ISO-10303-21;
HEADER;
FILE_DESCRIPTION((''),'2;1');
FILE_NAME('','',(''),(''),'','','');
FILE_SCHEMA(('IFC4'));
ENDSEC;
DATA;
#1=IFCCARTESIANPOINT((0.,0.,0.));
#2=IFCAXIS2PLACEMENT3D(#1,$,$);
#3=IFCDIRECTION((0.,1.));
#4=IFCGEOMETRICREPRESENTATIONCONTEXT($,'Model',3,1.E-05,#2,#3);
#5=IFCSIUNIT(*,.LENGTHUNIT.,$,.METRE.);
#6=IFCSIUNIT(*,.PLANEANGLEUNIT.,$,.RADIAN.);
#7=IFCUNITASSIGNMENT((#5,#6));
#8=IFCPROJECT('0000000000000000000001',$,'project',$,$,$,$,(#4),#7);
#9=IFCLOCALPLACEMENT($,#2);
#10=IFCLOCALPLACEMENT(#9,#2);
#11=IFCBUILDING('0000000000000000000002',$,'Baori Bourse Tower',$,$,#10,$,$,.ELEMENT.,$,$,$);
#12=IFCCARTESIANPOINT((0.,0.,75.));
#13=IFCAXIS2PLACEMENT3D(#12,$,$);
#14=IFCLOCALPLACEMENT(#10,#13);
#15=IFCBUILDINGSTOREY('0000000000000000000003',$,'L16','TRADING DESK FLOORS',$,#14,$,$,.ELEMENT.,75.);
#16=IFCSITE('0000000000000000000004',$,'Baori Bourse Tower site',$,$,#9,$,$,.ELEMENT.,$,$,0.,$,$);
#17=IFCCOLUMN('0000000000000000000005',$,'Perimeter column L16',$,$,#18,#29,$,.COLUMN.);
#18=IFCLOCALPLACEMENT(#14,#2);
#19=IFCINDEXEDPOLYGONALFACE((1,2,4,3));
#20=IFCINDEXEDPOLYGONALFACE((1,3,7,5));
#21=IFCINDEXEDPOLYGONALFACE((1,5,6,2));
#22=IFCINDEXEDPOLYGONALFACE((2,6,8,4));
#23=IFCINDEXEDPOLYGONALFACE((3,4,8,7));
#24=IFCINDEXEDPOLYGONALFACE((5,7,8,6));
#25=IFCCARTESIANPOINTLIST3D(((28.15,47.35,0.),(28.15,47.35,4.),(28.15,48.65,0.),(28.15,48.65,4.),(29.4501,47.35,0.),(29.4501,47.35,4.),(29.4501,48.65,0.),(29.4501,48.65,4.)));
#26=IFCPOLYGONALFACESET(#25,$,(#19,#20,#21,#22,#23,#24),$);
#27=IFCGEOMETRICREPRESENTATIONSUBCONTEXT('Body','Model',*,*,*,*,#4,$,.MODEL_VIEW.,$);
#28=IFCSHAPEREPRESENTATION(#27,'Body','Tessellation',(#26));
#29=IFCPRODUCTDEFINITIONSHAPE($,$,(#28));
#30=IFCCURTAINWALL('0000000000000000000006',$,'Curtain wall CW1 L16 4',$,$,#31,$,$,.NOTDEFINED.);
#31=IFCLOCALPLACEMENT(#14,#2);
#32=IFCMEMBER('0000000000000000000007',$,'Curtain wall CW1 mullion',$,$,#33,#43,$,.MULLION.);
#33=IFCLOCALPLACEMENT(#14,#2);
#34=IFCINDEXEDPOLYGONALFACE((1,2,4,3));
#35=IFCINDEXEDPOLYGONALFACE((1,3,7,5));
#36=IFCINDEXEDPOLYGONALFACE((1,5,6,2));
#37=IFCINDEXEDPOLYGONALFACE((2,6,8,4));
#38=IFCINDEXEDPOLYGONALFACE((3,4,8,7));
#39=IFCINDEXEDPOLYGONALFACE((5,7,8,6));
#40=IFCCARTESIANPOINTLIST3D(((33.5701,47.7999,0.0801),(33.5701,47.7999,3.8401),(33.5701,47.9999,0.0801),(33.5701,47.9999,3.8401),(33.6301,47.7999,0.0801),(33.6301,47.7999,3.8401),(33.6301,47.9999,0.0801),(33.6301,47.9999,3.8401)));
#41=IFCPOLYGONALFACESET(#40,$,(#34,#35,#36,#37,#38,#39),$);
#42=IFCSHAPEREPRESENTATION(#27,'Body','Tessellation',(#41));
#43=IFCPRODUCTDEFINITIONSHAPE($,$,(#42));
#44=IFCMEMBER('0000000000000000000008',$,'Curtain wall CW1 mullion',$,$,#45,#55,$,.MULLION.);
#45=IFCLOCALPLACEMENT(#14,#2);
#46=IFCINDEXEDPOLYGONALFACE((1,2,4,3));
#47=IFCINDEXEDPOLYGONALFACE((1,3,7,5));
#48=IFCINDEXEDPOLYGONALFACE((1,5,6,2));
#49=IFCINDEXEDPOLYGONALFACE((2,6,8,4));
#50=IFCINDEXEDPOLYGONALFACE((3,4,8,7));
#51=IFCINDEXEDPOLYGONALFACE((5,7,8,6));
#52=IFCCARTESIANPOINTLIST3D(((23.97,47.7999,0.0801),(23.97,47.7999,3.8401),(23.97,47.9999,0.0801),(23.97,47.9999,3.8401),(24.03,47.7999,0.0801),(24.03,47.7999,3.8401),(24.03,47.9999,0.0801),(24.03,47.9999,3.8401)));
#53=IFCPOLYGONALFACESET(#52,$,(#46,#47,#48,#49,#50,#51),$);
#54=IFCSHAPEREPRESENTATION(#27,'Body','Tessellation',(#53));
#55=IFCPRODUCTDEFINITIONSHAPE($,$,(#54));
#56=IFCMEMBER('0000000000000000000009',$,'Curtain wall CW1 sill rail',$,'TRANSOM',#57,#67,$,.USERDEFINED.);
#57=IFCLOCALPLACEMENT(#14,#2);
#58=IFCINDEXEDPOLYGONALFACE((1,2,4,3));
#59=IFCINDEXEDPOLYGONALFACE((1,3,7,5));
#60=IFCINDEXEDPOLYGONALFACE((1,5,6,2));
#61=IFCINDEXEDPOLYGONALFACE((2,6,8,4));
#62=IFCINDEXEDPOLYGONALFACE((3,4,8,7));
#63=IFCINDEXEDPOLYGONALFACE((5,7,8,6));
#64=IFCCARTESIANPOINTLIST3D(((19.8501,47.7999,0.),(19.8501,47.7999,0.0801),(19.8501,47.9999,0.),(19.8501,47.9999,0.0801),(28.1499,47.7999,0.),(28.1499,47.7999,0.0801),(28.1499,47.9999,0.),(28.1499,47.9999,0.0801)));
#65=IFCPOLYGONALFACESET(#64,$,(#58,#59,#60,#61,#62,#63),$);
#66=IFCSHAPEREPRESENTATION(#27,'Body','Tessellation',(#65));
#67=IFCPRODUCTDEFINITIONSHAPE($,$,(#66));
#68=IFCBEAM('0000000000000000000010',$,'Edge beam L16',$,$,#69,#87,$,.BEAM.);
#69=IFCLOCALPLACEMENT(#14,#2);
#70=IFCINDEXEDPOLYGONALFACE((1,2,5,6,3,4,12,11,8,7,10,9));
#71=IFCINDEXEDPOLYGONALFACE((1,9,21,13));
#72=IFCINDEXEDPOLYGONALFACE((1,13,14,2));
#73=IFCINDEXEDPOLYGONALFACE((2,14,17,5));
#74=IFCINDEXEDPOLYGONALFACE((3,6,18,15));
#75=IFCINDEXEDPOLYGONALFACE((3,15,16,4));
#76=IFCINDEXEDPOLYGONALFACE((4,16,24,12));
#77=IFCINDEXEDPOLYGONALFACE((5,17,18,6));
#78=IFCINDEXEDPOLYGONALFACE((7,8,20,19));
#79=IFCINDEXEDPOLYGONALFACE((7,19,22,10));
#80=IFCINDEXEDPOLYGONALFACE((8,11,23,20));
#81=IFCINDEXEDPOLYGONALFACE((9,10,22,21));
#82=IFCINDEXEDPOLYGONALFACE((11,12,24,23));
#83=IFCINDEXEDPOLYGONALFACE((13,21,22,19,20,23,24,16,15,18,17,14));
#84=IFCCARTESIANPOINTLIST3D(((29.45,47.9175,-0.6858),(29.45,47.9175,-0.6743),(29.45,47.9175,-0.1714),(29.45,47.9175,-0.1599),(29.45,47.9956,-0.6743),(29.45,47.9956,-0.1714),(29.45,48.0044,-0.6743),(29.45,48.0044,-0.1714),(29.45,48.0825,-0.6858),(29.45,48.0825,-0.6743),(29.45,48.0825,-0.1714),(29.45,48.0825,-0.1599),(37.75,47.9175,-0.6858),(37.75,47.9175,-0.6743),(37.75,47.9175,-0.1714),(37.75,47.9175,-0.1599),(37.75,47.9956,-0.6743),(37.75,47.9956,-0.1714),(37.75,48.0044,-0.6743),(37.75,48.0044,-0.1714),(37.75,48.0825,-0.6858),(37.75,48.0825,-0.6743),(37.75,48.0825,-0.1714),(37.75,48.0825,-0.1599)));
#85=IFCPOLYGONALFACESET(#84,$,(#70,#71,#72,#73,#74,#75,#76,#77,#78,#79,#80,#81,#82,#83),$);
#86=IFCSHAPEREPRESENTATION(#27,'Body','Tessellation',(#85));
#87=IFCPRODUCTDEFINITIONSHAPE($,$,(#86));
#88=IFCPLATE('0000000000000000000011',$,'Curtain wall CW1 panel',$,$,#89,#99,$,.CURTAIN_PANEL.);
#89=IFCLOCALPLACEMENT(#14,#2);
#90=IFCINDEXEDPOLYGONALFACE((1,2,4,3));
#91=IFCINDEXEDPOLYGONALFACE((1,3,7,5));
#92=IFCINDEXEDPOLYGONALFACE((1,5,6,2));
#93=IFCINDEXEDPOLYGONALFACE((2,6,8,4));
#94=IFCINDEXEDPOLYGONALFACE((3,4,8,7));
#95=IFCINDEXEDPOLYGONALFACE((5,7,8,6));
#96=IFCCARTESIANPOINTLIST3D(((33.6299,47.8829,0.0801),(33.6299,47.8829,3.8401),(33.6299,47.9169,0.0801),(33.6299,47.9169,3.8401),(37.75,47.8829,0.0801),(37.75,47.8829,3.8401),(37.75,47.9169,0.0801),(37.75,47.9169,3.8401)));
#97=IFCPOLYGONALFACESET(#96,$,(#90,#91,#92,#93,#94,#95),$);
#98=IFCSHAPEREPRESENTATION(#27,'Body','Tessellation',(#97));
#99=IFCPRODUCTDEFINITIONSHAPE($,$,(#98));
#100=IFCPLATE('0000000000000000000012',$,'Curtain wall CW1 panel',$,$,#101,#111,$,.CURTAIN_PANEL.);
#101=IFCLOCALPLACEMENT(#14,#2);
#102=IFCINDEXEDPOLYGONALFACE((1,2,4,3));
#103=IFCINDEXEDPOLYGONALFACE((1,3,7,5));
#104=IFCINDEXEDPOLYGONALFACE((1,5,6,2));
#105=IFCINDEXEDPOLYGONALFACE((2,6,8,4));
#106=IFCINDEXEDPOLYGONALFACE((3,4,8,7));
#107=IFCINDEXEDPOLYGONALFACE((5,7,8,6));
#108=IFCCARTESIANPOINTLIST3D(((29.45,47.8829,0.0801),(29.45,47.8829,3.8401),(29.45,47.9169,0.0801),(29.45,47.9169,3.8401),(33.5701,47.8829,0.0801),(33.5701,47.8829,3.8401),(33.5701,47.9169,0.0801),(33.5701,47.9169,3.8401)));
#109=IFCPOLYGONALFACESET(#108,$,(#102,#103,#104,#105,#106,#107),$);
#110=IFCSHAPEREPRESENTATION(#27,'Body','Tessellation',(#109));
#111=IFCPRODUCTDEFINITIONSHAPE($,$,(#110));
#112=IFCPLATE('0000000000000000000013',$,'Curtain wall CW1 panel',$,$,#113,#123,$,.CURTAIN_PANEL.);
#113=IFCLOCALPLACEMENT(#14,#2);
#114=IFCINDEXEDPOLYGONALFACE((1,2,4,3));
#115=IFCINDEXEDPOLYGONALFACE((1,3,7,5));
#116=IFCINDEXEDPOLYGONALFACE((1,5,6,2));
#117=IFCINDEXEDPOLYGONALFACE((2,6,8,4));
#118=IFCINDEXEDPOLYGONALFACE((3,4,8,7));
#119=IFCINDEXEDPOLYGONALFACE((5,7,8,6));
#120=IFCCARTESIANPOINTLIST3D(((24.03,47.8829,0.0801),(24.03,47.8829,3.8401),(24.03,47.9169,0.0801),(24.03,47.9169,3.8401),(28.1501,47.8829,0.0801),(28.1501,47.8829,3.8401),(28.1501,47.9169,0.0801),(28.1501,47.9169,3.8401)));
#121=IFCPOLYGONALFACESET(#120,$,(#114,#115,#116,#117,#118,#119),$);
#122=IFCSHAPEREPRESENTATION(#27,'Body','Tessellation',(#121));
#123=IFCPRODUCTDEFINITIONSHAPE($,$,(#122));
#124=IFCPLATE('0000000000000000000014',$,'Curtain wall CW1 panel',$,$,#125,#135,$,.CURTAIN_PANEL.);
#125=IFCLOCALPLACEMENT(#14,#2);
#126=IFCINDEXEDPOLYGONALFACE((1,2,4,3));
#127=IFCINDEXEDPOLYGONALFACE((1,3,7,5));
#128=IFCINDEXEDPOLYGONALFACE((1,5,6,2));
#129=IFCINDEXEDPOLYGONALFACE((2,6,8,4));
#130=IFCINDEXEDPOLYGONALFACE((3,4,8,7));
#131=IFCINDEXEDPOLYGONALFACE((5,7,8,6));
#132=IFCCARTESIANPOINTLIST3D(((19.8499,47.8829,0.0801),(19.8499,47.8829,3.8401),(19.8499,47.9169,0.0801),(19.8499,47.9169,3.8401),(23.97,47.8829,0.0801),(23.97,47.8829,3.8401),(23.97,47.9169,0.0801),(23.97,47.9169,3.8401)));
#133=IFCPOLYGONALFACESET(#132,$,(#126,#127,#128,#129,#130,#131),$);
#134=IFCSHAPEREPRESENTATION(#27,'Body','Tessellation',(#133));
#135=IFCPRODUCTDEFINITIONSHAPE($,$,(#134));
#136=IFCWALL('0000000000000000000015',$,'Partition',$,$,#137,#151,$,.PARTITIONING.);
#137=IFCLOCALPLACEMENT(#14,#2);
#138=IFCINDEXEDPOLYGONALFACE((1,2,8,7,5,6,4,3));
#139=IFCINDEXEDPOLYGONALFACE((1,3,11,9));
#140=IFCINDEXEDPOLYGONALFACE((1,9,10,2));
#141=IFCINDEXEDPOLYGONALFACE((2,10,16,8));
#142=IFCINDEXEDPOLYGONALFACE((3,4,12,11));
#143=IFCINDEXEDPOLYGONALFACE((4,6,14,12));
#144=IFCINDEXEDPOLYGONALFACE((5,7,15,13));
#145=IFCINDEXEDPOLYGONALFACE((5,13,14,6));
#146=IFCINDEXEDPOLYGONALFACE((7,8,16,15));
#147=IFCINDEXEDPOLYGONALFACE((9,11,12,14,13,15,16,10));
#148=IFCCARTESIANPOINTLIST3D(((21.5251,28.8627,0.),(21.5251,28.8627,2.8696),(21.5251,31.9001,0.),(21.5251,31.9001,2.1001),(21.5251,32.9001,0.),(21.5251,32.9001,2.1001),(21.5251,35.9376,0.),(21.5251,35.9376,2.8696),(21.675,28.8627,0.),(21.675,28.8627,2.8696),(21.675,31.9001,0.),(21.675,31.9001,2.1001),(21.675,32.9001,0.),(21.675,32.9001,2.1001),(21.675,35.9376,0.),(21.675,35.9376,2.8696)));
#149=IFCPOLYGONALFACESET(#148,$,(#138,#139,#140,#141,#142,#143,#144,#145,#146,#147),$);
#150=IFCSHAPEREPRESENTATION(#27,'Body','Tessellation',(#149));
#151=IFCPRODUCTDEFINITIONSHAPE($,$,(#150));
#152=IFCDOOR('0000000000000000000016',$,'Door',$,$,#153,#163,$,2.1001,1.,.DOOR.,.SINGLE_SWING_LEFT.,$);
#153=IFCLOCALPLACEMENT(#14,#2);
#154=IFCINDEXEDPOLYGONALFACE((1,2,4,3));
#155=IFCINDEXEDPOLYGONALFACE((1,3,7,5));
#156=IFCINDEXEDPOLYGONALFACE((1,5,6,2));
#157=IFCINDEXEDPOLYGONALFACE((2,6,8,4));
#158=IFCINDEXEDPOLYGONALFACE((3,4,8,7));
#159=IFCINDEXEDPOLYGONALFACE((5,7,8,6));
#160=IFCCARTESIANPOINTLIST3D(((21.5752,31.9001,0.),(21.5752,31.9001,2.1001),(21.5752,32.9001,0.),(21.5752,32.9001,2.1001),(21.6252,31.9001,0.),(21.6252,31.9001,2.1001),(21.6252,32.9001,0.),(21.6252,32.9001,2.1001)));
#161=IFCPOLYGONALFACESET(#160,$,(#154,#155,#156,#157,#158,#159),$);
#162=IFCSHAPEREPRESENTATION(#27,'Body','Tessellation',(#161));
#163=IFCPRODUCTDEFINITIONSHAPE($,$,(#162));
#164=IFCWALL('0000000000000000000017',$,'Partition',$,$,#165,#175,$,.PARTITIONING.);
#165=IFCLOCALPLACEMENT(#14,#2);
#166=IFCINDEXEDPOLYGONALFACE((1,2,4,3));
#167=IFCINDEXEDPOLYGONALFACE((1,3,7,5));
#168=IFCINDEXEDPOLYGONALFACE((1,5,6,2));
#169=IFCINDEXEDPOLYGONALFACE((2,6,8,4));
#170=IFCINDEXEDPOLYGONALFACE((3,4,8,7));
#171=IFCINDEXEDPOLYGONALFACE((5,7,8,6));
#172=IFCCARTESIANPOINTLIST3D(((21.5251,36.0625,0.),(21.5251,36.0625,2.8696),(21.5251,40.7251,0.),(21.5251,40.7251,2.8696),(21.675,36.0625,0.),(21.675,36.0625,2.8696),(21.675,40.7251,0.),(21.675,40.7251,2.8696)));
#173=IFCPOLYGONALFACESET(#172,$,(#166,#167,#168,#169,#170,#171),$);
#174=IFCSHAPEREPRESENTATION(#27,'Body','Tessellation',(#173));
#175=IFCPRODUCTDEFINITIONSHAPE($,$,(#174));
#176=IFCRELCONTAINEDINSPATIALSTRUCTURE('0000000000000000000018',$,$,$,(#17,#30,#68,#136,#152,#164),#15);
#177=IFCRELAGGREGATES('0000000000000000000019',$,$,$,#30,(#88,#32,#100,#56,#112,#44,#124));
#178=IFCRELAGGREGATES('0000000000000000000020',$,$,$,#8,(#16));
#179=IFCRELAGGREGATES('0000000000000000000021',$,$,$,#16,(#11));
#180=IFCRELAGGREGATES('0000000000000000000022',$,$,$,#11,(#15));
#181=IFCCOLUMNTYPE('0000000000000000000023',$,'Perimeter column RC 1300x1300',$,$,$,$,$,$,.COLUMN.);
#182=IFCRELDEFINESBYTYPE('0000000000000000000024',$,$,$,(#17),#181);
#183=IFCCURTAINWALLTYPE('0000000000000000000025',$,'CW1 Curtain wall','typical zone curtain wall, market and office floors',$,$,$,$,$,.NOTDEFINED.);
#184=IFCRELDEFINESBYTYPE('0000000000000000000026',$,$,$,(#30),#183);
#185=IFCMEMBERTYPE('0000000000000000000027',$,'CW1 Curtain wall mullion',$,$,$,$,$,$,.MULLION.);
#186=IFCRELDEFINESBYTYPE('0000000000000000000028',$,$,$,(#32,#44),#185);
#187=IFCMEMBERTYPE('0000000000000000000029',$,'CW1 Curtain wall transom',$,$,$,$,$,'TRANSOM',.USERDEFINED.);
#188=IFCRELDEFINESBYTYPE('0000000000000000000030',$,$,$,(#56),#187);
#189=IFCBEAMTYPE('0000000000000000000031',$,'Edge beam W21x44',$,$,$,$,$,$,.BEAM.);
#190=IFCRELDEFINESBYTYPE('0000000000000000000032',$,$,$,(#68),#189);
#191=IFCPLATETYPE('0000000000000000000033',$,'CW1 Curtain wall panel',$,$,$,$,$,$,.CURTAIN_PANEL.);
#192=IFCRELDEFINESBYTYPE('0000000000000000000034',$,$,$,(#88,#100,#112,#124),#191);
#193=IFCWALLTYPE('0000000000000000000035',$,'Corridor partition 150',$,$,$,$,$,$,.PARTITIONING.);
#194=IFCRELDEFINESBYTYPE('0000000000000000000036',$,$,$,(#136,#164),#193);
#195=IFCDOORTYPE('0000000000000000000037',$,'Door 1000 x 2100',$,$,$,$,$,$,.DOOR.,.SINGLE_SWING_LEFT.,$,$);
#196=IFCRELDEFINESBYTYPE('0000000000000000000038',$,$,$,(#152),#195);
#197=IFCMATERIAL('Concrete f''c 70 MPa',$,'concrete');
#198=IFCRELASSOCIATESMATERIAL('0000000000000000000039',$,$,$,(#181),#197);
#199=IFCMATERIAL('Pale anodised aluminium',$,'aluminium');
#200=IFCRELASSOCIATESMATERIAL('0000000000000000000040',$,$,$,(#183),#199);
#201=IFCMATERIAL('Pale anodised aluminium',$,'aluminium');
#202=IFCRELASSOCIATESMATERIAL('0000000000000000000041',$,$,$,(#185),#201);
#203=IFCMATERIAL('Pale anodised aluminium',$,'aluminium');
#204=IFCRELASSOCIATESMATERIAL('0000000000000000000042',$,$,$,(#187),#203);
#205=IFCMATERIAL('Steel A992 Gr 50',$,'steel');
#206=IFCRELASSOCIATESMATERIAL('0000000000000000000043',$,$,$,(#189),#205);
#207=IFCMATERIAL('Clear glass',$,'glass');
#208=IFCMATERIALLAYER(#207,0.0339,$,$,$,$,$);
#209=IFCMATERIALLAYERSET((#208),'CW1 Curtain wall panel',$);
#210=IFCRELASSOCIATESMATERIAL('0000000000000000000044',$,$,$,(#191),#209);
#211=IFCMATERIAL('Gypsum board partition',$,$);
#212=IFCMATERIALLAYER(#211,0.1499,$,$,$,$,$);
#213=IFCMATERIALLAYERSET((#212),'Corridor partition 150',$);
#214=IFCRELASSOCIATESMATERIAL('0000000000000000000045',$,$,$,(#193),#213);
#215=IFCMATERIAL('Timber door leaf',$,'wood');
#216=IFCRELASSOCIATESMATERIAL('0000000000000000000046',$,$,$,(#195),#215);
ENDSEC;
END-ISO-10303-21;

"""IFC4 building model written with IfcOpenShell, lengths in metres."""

from ifc_helpers import new_model, si_unit, direction, frame, frame_2d, origin, origin_2d, place, context, subcontext, project, spatial, rectangle, i_section, extrude, material, layer, layer_set, material_profile, profile_set, type_object, element, fill, aggregate, save


model = new_model("IFC4")

# Units and contexts
model_context = context("Model", 3, precision=1e-05, world=origin(), true_north=direction((0.0, 1.0)))
body_context = subcontext(model_context, "Body", "Model", "MODEL_VIEW")
ifc_project = project(units=[si_unit("LENGTHUNIT", "METRE"), si_unit("PLANEANGLEUNIT", "RADIAN")], contexts=[model_context])

# Site, building, storey
site_placement = place(None, origin())
site = spatial("IfcSite", under=ifc_project, at=site_placement, Name="Baori Bourse Tower site", CompositionType="ELEMENT", RefElevation=0.0)
building_placement = place(site_placement, origin())
building = spatial("IfcBuilding", under=site, at=building_placement, Name="Baori Bourse Tower", CompositionType="ELEMENT")
storey_placement = place(building_placement, frame((0.0, 0.0, 75.0)))
storey = spatial("IfcBuildingStorey", under=building, at=storey_placement, Name="L16", Description="TRADING DESK FLOORS", CompositionType="ELEMENT", Elevation=75.0)

# Column
ifc_material_1 = material(Name="Concrete f'c 70 MPa", Category="concrete")
ifc_material_profile_1 = material_profile(ifc_material_1, rectangle(XDim=1.3, YDim=1.3, at=origin_2d()), Name="RC 1300x1300")
ifc_profile_set_1 = profile_set([ifc_material_profile_1], Name="Concrete f'c 70 MPa")
column_type = type_object("IfcColumnType", Name="Perimeter column RC 1300x1300", PredefinedType="COLUMN", material=ifc_profile_set_1)
column_placement = place(storey_placement, frame((28.8, 48.0, 0.0), z_axis=(0.0, 0.0, 1.0), x_axis=(1.0, 0.0, 0.0)))
element("IfcColumn", 1, at=column_placement, inside=storey, type_object=column_type, Name="Perimeter column L16", PredefinedType="COLUMN", context=body_context, shape_type="SweptSolid", body=[
    extrude(rectangle(XDim=1.3, YDim=1.3, at=origin_2d()), origin(), (0.0, 0.0, 1.0), 4.0),
])

# Curtain wall, members
ifc_material_2 = material(Name="Pale anodised aluminium", Category="aluminium")
curtain_wall_type = type_object("IfcCurtainWallType", Name="CW1 Curtain wall", Description="typical zone curtain wall, market and office floors", PredefinedType="NOTDEFINED", material=ifc_material_2)
curtain_wall_placement = place(storey_placement, origin())
curtain_wall = element("IfcCurtainWall", 2, at=curtain_wall_placement, inside=storey, type_object=curtain_wall_type, Name="Curtain wall CW1 L16 4", PredefinedType="NOTDEFINED")
ifc_material_3 = material(Name="Pale anodised aluminium", Category="aluminium")
ifc_material_profile_2 = material_profile(ifc_material_3, rectangle(XDim=0.2, YDim=0.0601, at=origin_2d()), Name="Mullion 60x200")
ifc_profile_set_2 = profile_set([ifc_material_profile_2], Name="Pale anodised aluminium")
member_type_1 = type_object("IfcMemberType", Name="CW1 Curtain wall mullion", PredefinedType="MULLION", material=ifc_profile_set_2)
member_1_placement = place(storey_placement, frame((33.6001, 47.8999, 0.0801), z_axis=(0.0, 0.0, 1.0), x_axis=(0.0, -1.0, 0.0)))
member_1 = element("IfcMember", 3, at=member_1_placement, type_object=member_type_1, Name="Curtain wall CW1 mullion", PredefinedType="MULLION", context=body_context, shape_type="SweptSolid", body=[
    extrude(rectangle(XDim=0.2, YDim=0.0601, at=origin_2d()), origin(), (0.0, 0.0, 1.0), 3.76),
])
member_2_placement = place(storey_placement, frame((24.0, 47.8999, 0.0801), z_axis=(0.0, 0.0, 1.0), x_axis=(0.0, -1.0, 0.0)))
member_2 = element("IfcMember", 4, at=member_2_placement, type_object=member_type_1, Name="Curtain wall CW1 mullion", PredefinedType="MULLION", context=body_context, shape_type="SweptSolid", body=[
    extrude(rectangle(XDim=0.2, YDim=0.0601, at=origin_2d()), origin(), (0.0, 0.0, 1.0), 3.76),
])
ifc_material_4 = material(Name="Pale anodised aluminium", Category="aluminium")
ifc_material_profile_3 = material_profile(ifc_material_4, rectangle(XDim=0.2, YDim=0.0801, at=origin_2d()), Name="Transom 80x200")
ifc_profile_set_3 = profile_set([ifc_material_profile_3], Name="Pale anodised aluminium")
member_type_2 = type_object("IfcMemberType", Name="CW1 Curtain wall transom", ElementType="TRANSOM", PredefinedType="USERDEFINED", material=ifc_profile_set_3)
member_3_placement = place(storey_placement, frame((28.1499, 47.8999, 0.04), z_axis=(-1.0, 0.0, 0.0), x_axis=(0.0, -1.0, 0.0)))
member_3 = element("IfcMember", 5, at=member_3_placement, type_object=member_type_2, Name="Curtain wall CW1 sill rail", ObjectType="TRANSOM", PredefinedType="USERDEFINED", context=body_context, shape_type="SweptSolid", body=[
    extrude(rectangle(XDim=0.2, YDim=0.0801, at=origin_2d()), origin(), (0.0, 0.0, 1.0), 8.2998),
])

# Beam
ifc_material_5 = material(Name="Steel A992 Gr 50", Category="steel")
ifc_material_profile_4 = material_profile(ifc_material_5, i_section(OverallWidth=0.165, OverallDepth=0.5259, WebThickness=0.0088, FlangeThickness=0.0115, at=origin_2d()), Name="W21x44")
ifc_profile_set_4 = profile_set([ifc_material_profile_4], Name="Steel A992 Gr 50")
beam_type = type_object("IfcBeamType", Name="Edge beam W21x44", PredefinedType="BEAM", material=ifc_profile_set_4)
beam_placement = place(storey_placement, frame((29.45, 48.0, -0.4229), z_axis=(1.0, 0.0, 0.0), x_axis=(0.0, 1.0, 0.0)))
element("IfcBeam", 6, at=beam_placement, inside=storey, type_object=beam_type, Name="Edge beam L16", PredefinedType="BEAM", context=body_context, shape_type="SweptSolid", body=[
    extrude(i_section(OverallWidth=0.165, OverallDepth=0.5259, WebThickness=0.0088, FlangeThickness=0.0115, at=origin_2d()), origin(), (0.0, 0.0, 1.0), 8.3),
])

# Plates
ifc_material_6 = material(Name="Clear glass", Category="glass")
ifc_layer_1 = layer(ifc_material_6, 0.0339)
ifc_layer_set_1 = layer_set([ifc_layer_1], Name="CW1 Curtain wall panel")
plate_type = type_object("IfcPlateType", Name="CW1 Curtain wall panel", PredefinedType="CURTAIN_PANEL", material=ifc_layer_set_1)
plate_1_placement = place(storey_placement, frame((35.6899, 47.8999, 0.0801), z_axis=(0.0, 0.0, 1.0), x_axis=(-1.0, 0.0, 0.0)))
plate_1 = element("IfcPlate", 7, at=plate_1_placement, type_object=plate_type, Name="Curtain wall CW1 panel", PredefinedType="CURTAIN_PANEL", context=body_context, shape_type="SweptSolid", body=[
    extrude(rectangle(XDim=4.1201, YDim=0.0339, at=origin_2d()), origin(), (0.0, 0.0, 1.0), 3.76),
])
plate_2_placement = place(storey_placement, frame((31.51, 47.8999, 0.0801), z_axis=(0.0, 0.0, 1.0), x_axis=(-1.0, 0.0, 0.0)))
plate_2 = element("IfcPlate", 8, at=plate_2_placement, type_object=plate_type, Name="Curtain wall CW1 panel", PredefinedType="CURTAIN_PANEL", context=body_context, shape_type="SweptSolid", body=[
    extrude(rectangle(XDim=4.1201, YDim=0.0339, at=origin_2d()), origin(), (0.0, 0.0, 1.0), 3.76),
])
plate_3_placement = place(storey_placement, frame((26.0901, 47.8999, 0.0801), z_axis=(0.0, 0.0, 1.0), x_axis=(-1.0, 0.0, 0.0)))
plate_3 = element("IfcPlate", 9, at=plate_3_placement, type_object=plate_type, Name="Curtain wall CW1 panel", PredefinedType="CURTAIN_PANEL", context=body_context, shape_type="SweptSolid", body=[
    extrude(rectangle(XDim=4.1201, YDim=0.0339, at=origin_2d()), origin(), (0.0, 0.0, 1.0), 3.76),
])
plate_4_placement = place(storey_placement, frame((21.9099, 47.8999, 0.0801), z_axis=(0.0, 0.0, 1.0), x_axis=(-1.0, 0.0, 0.0)))
plate_4 = element("IfcPlate", 10, at=plate_4_placement, type_object=plate_type, Name="Curtain wall CW1 panel", PredefinedType="CURTAIN_PANEL", context=body_context, shape_type="SweptSolid", body=[
    extrude(rectangle(XDim=4.1201, YDim=0.0339, at=origin_2d()), origin(), (0.0, 0.0, 1.0), 3.76),
])
aggregate(curtain_wall, [plate_1, member_1, plate_2, member_3, plate_3, member_2, plate_4])

# Wall, opening, door
ifc_material_7 = material(Name="Gypsum board partition")
ifc_layer_2 = layer(ifc_material_7, 0.1499)
ifc_layer_set_2 = layer_set([ifc_layer_2], Name="Corridor partition 150")
wall_type_1 = type_object("IfcWallType", Name="Corridor partition 150", PredefinedType="PARTITIONING", material=ifc_layer_set_2)
wall_1_placement = place(storey_placement, frame((21.6001, 28.8625, 0.0), z_axis=(0.0, 0.0, 1.0), x_axis=(0.0, 1.0, 0.0)))
wall_1 = element("IfcWall", 11, at=wall_1_placement, inside=storey, type_object=wall_type_1, Name="Partition", PredefinedType="PARTITIONING", context=body_context, shape_type="SweptSolid", body=[
    extrude(rectangle(XDim=7.075, YDim=0.1499, at=frame_2d((3.5376, 0.0))), origin(), (0.0, 0.0, 1.0), 2.8696),
])
opening_placement = place(wall_1_placement, frame((3.0376, 0.0, 0.0)))
opening = element("IfcOpeningElement", 12, at=opening_placement, cuts=wall_1, PredefinedType="OPENING", context=body_context, shape_type="SweptSolid", body=[
    extrude(rectangle(XDim=1.0, YDim=2.1001, at=frame_2d((0.5, 1.05))), frame((0.0, 0.085, 0.0), z_axis=(0.0, -1.0, 0.0), x_axis=(1.0, 0.0, 0.0)), (0.0, 0.0, 1.0), 0.1699),
])
ifc_material_8 = material(Name="Timber door leaf", Category="wood")
door_type = type_object("IfcDoorType", Name="Door 1000 x 2100", OperationType="SINGLE_SWING_LEFT", PredefinedType="DOOR", material=ifc_material_8)
door_placement = place(opening_placement, origin())
door = element("IfcDoor", 13, at=door_placement, inside=storey, type_object=door_type, Name="Door", OperationType="SINGLE_SWING_LEFT", OverallHeight=2.1001, OverallWidth=1.0, PredefinedType="DOOR", context=body_context, shape_type="SweptSolid", body=[
    extrude(rectangle(XDim=1.0, YDim=2.1001, at=frame_2d((0.5, 1.05))), frame((0.0, 0.0249, 0.0), z_axis=(0.0, -1.0, 0.0), x_axis=(1.0, 0.0, 0.0)), (0.0, 0.0, 1.0), 0.05),
])
fill(opening, door)

# Wall
wall_2_placement = place(storey_placement, frame((21.6001, 36.0625, 0.0), z_axis=(0.0, 0.0, 1.0), x_axis=(0.0, 1.0, 0.0)))
element("IfcWall", 14, at=wall_2_placement, inside=storey, type_object=wall_type_1, Name="Partition", PredefinedType="PARTITIONING", context=body_context, shape_type="SweptSolid", body=[
    extrude(rectangle(XDim=4.6626, YDim=0.1499, at=frame_2d((2.3313, 0.0))), origin(), (0.0, 0.0, 1.0), 2.8696),
])

save(model, "model.ifc")
